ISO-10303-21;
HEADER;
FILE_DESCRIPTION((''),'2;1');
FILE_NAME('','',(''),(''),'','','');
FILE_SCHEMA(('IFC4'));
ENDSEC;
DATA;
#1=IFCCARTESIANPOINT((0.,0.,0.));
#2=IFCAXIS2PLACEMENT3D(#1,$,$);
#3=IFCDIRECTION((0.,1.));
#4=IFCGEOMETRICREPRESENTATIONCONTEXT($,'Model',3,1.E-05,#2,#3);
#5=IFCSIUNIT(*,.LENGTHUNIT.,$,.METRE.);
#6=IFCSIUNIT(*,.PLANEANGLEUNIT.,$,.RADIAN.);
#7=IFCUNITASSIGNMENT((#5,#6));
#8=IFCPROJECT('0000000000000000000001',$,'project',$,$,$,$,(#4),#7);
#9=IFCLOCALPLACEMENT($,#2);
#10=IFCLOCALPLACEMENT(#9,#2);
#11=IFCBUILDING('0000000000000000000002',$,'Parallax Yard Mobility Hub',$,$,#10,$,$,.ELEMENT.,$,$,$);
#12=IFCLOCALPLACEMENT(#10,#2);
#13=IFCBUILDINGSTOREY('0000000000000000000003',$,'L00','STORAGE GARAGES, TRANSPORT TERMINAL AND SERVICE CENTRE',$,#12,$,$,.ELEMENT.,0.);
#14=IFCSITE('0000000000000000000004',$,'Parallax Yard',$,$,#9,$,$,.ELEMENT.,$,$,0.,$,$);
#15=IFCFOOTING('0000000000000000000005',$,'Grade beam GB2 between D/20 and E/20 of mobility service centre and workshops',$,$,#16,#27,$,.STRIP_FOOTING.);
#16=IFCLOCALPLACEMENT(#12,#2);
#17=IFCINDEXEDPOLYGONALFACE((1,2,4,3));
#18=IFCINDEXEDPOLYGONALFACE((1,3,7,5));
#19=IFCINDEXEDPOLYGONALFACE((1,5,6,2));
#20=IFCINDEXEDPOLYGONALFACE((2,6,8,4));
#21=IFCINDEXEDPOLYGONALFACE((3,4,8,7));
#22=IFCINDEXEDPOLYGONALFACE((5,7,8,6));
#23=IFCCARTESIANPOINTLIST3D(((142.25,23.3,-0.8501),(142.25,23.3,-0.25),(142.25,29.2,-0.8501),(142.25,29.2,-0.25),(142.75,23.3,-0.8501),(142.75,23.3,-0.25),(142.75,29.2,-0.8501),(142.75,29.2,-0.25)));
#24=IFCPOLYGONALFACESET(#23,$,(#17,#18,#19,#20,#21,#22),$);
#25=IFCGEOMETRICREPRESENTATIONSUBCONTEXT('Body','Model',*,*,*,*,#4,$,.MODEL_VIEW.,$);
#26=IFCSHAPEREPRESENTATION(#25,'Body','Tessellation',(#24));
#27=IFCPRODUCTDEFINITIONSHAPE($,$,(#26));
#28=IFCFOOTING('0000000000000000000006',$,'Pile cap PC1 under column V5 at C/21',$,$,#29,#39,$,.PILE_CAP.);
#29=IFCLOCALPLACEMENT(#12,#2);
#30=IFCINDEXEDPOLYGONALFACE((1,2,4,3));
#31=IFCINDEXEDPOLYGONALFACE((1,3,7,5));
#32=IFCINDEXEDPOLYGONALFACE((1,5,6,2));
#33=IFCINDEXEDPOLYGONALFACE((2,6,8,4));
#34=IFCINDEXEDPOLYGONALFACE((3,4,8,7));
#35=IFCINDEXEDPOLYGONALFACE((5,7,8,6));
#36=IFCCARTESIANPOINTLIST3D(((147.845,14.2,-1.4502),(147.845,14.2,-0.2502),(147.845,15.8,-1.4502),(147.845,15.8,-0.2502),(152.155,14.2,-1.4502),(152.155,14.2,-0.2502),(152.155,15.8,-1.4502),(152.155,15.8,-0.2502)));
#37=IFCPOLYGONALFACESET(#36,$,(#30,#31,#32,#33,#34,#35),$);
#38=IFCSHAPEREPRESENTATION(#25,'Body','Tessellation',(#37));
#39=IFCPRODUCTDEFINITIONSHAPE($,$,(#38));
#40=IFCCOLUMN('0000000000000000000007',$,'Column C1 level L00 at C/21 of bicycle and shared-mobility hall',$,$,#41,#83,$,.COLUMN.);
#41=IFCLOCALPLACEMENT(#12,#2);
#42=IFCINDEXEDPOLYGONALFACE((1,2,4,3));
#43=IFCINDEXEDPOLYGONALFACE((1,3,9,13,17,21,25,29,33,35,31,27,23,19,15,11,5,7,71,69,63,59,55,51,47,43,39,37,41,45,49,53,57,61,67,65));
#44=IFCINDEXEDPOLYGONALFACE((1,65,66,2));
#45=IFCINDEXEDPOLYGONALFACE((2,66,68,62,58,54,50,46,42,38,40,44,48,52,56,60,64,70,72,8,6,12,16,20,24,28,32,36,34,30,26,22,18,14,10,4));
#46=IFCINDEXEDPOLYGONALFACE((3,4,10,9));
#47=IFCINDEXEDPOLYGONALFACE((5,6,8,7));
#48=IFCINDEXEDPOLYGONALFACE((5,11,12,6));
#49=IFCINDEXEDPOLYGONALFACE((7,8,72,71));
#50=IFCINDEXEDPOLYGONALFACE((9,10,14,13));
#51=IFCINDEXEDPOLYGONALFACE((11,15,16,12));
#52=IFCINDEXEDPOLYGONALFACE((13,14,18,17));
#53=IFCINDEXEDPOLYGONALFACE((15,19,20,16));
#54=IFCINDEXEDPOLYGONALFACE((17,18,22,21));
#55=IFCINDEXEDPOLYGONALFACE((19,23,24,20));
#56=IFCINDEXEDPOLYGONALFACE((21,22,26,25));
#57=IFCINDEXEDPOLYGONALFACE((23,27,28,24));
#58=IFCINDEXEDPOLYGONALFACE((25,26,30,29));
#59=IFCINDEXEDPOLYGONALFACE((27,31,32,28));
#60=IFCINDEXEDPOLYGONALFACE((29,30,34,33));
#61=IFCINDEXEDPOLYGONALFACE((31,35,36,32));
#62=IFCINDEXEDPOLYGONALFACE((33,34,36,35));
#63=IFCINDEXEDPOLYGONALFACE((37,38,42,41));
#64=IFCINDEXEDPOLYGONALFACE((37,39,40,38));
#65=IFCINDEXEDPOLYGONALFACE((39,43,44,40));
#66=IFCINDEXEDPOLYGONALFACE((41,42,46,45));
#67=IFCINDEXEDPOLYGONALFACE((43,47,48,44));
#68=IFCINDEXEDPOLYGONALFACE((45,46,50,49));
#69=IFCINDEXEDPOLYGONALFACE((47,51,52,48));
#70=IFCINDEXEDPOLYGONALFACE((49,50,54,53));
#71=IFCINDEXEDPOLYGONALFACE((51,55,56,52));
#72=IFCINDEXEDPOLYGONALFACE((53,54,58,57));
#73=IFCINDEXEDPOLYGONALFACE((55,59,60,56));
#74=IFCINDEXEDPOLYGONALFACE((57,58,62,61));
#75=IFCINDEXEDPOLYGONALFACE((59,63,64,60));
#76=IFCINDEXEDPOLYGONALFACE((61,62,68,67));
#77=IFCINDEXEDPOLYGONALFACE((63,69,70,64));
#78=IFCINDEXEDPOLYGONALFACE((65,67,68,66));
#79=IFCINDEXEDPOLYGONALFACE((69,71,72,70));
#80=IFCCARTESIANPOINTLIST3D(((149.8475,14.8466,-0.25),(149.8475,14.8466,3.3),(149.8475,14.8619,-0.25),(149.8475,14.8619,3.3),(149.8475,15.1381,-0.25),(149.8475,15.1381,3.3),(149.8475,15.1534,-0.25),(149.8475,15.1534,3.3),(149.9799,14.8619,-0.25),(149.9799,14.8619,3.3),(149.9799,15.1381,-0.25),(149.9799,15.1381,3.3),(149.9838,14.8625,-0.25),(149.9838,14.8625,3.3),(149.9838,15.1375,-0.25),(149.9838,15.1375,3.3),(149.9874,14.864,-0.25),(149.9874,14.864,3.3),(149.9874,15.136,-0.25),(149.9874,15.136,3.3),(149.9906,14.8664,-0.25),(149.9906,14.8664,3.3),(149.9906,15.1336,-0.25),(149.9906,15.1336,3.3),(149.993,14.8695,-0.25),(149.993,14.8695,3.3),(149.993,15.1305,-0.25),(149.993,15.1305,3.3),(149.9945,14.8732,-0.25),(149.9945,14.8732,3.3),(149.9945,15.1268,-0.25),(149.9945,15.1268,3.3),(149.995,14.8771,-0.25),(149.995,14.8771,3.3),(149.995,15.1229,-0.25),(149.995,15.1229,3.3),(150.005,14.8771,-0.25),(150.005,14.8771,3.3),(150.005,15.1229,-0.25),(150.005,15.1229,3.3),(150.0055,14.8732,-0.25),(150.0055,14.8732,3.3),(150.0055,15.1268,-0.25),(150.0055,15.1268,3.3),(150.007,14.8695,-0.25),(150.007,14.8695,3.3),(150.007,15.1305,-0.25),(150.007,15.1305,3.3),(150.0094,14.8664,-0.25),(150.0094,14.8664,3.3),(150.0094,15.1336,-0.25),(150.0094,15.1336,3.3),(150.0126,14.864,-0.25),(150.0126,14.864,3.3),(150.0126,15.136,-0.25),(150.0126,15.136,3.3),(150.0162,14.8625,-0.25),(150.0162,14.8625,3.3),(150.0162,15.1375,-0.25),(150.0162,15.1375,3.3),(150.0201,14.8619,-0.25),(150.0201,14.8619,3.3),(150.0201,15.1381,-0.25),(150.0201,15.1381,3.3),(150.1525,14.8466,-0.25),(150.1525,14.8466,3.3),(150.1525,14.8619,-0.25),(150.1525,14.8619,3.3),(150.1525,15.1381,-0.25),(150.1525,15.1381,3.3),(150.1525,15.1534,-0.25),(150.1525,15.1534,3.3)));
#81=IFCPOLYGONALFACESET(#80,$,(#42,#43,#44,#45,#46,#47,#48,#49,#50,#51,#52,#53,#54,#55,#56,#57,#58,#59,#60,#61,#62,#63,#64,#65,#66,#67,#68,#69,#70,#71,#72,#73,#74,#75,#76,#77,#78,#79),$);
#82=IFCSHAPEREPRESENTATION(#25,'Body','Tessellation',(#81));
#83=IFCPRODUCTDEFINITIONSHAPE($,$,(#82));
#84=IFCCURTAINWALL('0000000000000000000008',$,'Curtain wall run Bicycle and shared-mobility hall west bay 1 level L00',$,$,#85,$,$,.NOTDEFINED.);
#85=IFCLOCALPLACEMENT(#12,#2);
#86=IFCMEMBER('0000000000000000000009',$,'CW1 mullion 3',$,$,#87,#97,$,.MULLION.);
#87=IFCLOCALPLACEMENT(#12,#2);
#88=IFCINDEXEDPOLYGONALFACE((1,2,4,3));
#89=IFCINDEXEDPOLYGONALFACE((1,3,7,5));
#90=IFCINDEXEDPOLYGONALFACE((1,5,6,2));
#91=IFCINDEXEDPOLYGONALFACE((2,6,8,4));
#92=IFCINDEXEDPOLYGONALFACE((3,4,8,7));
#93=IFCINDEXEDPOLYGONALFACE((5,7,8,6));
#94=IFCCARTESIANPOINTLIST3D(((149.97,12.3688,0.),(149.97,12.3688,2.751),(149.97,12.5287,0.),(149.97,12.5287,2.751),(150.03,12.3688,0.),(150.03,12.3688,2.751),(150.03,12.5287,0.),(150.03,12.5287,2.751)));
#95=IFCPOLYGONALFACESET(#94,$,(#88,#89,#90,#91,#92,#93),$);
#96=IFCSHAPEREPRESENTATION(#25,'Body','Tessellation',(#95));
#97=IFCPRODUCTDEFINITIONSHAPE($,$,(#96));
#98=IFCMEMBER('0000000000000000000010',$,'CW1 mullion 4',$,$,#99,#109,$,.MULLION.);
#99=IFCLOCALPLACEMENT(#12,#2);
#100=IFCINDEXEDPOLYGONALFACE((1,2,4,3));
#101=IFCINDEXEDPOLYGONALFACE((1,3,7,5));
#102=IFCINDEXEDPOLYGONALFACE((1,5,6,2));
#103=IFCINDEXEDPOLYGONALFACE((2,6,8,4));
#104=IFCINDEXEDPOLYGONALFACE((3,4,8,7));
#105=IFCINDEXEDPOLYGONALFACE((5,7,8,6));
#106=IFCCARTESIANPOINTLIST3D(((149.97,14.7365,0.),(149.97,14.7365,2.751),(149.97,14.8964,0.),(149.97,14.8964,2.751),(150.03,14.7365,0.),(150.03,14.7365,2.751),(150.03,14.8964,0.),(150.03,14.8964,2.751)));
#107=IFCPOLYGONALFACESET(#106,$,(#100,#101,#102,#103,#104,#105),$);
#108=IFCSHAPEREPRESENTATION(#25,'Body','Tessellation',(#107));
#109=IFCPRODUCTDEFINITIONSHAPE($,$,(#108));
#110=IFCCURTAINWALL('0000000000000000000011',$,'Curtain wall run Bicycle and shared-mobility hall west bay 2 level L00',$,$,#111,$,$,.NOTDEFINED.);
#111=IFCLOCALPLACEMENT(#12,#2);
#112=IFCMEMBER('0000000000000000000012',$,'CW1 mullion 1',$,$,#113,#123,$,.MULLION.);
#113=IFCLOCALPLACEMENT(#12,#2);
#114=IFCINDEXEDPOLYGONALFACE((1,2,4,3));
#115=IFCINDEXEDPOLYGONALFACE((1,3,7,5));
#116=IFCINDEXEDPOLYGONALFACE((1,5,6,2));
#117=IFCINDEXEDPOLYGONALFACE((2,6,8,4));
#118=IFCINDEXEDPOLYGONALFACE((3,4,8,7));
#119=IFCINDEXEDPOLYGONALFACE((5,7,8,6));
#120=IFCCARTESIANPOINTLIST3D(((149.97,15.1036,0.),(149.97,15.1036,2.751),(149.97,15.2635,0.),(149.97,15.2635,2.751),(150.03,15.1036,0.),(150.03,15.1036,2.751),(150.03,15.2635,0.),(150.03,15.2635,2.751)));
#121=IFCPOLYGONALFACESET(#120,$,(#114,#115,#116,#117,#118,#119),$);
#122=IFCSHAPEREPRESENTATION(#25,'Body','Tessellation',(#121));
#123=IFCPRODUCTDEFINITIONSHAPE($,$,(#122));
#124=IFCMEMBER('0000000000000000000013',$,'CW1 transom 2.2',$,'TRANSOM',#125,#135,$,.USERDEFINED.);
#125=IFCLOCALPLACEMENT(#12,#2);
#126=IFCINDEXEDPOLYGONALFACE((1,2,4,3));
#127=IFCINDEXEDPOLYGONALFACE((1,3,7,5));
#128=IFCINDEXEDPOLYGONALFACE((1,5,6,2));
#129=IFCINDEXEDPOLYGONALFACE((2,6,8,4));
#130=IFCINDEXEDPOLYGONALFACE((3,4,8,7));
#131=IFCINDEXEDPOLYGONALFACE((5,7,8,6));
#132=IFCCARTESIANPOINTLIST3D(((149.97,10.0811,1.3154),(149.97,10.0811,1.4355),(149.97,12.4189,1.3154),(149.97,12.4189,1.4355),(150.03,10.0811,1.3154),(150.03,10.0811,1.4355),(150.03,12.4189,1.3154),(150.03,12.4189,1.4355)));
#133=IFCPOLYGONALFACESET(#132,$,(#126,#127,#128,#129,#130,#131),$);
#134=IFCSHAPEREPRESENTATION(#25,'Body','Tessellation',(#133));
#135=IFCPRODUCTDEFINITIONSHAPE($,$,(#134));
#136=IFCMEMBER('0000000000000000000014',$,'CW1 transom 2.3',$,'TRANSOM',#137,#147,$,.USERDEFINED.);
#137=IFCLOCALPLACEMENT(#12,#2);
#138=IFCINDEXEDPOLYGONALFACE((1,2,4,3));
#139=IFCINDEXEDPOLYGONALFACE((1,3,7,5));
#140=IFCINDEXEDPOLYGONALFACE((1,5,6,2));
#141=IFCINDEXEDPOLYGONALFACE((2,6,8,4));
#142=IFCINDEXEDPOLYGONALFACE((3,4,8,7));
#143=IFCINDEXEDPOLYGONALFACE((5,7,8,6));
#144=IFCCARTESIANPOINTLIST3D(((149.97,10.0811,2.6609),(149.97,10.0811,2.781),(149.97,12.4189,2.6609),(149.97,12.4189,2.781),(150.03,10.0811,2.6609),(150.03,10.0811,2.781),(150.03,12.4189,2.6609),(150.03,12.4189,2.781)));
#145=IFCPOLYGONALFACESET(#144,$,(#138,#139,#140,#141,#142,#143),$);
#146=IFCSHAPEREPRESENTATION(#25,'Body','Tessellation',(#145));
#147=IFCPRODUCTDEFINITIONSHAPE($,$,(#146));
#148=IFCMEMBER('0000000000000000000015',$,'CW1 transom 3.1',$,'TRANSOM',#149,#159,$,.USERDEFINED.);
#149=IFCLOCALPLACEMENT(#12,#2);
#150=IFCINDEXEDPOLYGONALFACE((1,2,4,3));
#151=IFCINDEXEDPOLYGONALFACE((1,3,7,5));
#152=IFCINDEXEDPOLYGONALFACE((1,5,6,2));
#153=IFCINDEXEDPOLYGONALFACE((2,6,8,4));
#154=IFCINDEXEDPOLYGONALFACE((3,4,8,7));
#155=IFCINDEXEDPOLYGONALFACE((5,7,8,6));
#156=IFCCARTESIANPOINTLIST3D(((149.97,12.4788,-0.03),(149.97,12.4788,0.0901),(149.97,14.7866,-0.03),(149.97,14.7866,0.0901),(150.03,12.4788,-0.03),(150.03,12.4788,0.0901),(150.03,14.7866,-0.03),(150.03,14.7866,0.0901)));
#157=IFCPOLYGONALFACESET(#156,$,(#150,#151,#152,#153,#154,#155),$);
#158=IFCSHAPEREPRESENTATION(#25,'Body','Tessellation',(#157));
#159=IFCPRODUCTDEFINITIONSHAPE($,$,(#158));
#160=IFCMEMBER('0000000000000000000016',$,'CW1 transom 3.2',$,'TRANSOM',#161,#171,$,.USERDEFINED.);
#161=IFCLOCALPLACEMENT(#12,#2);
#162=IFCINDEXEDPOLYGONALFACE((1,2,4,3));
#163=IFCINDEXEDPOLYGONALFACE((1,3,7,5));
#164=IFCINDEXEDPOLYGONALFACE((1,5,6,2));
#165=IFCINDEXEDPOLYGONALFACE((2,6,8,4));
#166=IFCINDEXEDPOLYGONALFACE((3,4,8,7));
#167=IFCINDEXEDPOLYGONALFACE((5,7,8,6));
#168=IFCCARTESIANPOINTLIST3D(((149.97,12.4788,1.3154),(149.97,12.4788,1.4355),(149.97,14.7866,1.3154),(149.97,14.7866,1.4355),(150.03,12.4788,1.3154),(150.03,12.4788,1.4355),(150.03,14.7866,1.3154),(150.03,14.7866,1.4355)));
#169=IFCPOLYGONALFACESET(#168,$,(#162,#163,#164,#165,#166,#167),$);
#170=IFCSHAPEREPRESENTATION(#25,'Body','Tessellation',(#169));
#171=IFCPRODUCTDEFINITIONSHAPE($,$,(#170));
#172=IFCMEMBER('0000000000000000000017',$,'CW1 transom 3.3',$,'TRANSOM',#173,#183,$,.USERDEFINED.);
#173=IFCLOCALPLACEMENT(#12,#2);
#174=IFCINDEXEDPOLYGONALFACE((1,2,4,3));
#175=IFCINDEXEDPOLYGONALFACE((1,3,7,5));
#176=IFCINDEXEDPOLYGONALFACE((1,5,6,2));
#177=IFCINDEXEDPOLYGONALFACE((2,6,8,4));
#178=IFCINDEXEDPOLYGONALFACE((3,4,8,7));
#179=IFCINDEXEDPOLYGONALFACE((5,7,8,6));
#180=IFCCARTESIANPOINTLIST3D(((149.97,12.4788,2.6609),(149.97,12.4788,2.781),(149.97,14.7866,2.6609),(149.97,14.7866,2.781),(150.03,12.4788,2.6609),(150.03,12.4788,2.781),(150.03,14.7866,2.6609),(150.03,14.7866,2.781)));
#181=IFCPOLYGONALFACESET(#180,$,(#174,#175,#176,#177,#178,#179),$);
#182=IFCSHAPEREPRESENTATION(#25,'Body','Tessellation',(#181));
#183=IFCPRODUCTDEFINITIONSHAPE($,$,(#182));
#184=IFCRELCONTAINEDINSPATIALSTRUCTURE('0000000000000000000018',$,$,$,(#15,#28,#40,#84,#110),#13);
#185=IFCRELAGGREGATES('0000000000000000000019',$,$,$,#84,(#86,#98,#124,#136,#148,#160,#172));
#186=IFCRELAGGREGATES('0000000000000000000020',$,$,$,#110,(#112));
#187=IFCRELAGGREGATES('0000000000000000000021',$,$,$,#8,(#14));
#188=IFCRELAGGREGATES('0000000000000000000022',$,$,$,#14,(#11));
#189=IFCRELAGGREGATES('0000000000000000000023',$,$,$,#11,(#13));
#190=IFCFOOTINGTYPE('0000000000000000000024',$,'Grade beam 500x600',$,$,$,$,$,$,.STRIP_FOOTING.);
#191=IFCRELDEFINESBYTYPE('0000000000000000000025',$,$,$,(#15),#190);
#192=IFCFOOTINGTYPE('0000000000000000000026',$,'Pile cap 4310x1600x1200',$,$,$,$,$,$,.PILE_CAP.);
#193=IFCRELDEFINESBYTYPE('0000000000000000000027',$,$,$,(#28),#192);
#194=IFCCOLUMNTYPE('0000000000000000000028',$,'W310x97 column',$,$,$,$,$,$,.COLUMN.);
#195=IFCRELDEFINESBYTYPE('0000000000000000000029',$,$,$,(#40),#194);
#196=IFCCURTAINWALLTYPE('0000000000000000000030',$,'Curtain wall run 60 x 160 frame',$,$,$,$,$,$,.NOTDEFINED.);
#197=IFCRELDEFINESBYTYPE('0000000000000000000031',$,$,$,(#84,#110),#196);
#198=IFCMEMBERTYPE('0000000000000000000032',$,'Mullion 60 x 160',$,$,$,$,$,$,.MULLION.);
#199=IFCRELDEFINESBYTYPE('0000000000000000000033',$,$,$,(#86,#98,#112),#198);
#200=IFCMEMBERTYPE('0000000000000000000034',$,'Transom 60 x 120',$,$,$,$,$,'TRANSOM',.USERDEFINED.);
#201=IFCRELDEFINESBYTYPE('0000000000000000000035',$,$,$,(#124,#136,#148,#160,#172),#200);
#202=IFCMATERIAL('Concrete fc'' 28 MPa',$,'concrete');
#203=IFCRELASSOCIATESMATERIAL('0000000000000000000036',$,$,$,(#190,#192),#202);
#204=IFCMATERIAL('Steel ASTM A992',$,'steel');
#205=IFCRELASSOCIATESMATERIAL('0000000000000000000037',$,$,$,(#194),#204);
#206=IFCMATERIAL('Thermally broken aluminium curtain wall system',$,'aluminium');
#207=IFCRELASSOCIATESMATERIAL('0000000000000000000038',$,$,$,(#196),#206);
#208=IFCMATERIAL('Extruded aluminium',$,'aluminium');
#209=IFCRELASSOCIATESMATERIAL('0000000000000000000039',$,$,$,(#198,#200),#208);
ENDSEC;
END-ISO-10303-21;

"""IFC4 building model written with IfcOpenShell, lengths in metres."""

from ifc_helpers import new_model, si_unit, direction, frame, origin, origin_2d, place, context, subcontext, project, spatial, rectangle, i_section, extrude, material, material_profile, profile_set, type_object, element, aggregate, save


model = new_model("IFC4")

# Units and contexts
model_context = context("Model", 3, precision=1e-05, world=origin(), true_north=direction((0.0, 1.0)))
body_context = subcontext(model_context, "Body", "Model", "MODEL_VIEW")
ifc_project = project(units=[si_unit("LENGTHUNIT", "METRE"), si_unit("PLANEANGLEUNIT", "RADIAN")], contexts=[model_context])

# Site, building, storey
site_placement = place(None, origin())
site = spatial("IfcSite", under=ifc_project, at=site_placement, Name="Parallax Yard", CompositionType="ELEMENT", RefElevation=0.0)
building_placement = place(site_placement, origin())
building = spatial("IfcBuilding", under=site, at=building_placement, Name="Parallax Yard Mobility Hub", CompositionType="ELEMENT")
storey_placement = place(building_placement, origin())
storey = spatial("IfcBuildingStorey", under=building, at=storey_placement, Name="L00", Description="STORAGE GARAGES, TRANSPORT TERMINAL AND SERVICE CENTRE", CompositionType="ELEMENT", Elevation=0.0)

# Shared definitions
ifc_material_1 = material(Name="Concrete fc' 28 MPa", Category="concrete")

# Footings
ifc_material_profile_1 = material_profile(ifc_material_1, rectangle(XDim=0.5, YDim=0.6001, at=origin_2d()), Name="Grade beam 500x600")
ifc_profile_set_1 = profile_set([ifc_material_profile_1], Name="Concrete fc' 28 MPa")
footing_type_1 = type_object("IfcFootingType", Name="Grade beam 500x600", PredefinedType="STRIP_FOOTING", material=ifc_profile_set_1)
for number, where, z_axis, x_axis, name in (
    (1, (142.5, 23.3, -0.55), (0.0, 1.0, 0.0), (-1.0, 0.0, 0.0), "Grade beam GB2 between D/20 and E/20 of mobility service centre and workshops"),
):
    element("IfcFooting", number, at=place(storey_placement, frame(where, z_axis=z_axis, x_axis=x_axis)), inside=storey, type_object=footing_type_1, Name=name, PredefinedType="STRIP_FOOTING", context=body_context, shape_type="SweptSolid", body=[
        extrude(rectangle(XDim=0.5, YDim=0.6001, at=origin_2d()), origin(), (0.0, 0.0, 1.0), 5.8999),
    ])
footing_type_2 = type_object("IfcFootingType", Name="Pile cap 4310x1600x1200", PredefinedType="PILE_CAP", material=ifc_material_1)
footing_placement = place(storey_placement, frame((150.0, 15.0, -1.4502), z_axis=(0.0, 0.0, 1.0), x_axis=(1.0, 0.0, 0.0)))
element("IfcFooting", 2, at=footing_placement, inside=storey, type_object=footing_type_2, Name="Pile cap PC1 under column V5 at C/21", PredefinedType="PILE_CAP", context=body_context, shape_type="SweptSolid", body=[
    extrude(rectangle(XDim=4.3101, YDim=1.6001, at=origin_2d()), origin(), (0.0, 0.0, 1.0), 1.2),
])

# Column
ifc_material_2 = material(Name="Steel ASTM A992", Category="steel")
ifc_material_profile_2 = material_profile(ifc_material_2, i_section(OverallWidth=0.3049, OverallDepth=0.3069, WebThickness=0.01, FlangeThickness=0.0154, FilletRadius=0.0151, at=origin_2d()), Name="W310x97")
ifc_profile_set_2 = profile_set([ifc_material_profile_2], Name="Steel ASTM A992")
column_type = type_object("IfcColumnType", Name="W310x97 column", PredefinedType="COLUMN", material=ifc_profile_set_2)
column_placement = place(storey_placement, frame((150.0, 15.0, -0.25), z_axis=(0.0, 0.0, 1.0), x_axis=(1.0, 0.0, 0.0)))
element("IfcColumn", 3, at=column_placement, inside=storey, type_object=column_type, Name="Column C1 level L00 at C/21 of bicycle and shared-mobility hall", PredefinedType="COLUMN", context=body_context, shape_type="SweptSolid", body=[
    extrude(i_section(OverallWidth=0.3049, OverallDepth=0.3069, WebThickness=0.01, FlangeThickness=0.0154, FilletRadius=0.0151, at=origin_2d()), origin(), (0.0, 0.0, 1.0), 3.55),
])

# Curtain wall, members
ifc_material_3 = material(Name="Thermally broken aluminium curtain wall system", Category="aluminium")
curtain_wall_type = type_object("IfcCurtainWallType", Name="Curtain wall run 60 x 160 frame", PredefinedType="NOTDEFINED", material=ifc_material_3)
curtain_wall_1_placement = place(storey_placement, origin())
curtain_wall_1 = element("IfcCurtainWall", 4, at=curtain_wall_1_placement, inside=storey, type_object=curtain_wall_type, Name="Curtain wall run Bicycle and shared-mobility hall west bay 1 level L00", PredefinedType="NOTDEFINED")
ifc_material_4 = material(Name="Extruded aluminium", Category="aluminium")
ifc_material_profile_3 = material_profile(ifc_material_4, rectangle(XDim=0.0601, YDim=0.1599, at=origin_2d()), Name="Mullion 60 x 160")
ifc_profile_set_3 = profile_set([ifc_material_profile_3], Name="Extruded aluminium")
member_type_1 = type_object("IfcMemberType", Name="Mullion 60 x 160", PredefinedType="MULLION", material=ifc_profile_set_3)
member_1_placement = place(storey_placement, frame((150.0, 12.4487, 0.0), z_axis=(0.0, 0.0, 1.0), x_axis=(-1.0, 0.0, 0.0)))
member_1 = element("IfcMember", 5, at=member_1_placement, type_object=member_type_1, Name="CW1 mullion 3", PredefinedType="MULLION", context=body_context, shape_type="SweptSolid", body=[
    extrude(rectangle(XDim=0.0601, YDim=0.1599, at=origin_2d()), origin(), (0.0, 0.0, 1.0), 2.751),
])
member_2_placement = place(storey_placement, frame((150.0, 14.8164, 0.0), z_axis=(0.0, 0.0, 1.0), x_axis=(-1.0, 0.0, 0.0)))
member_2 = element("IfcMember", 6, at=member_2_placement, type_object=member_type_1, Name="CW1 mullion 4", PredefinedType="MULLION", context=body_context, shape_type="SweptSolid", body=[
    extrude(rectangle(XDim=0.0601, YDim=0.1599, at=origin_2d()), origin(), (0.0, 0.0, 1.0), 2.751),
])

# Curtain wall, member
curtain_wall_2_placement = place(storey_placement, origin())
curtain_wall_2 = element("IfcCurtainWall", 7, at=curtain_wall_2_placement, inside=storey, type_object=curtain_wall_type, Name="Curtain wall run Bicycle and shared-mobility hall west bay 2 level L00", PredefinedType="NOTDEFINED")
member_3_placement = place(storey_placement, frame((150.0, 15.1836, 0.0), z_axis=(0.0, 0.0, 1.0), x_axis=(-1.0, 0.0, 0.0)))
member_3 = element("IfcMember", 8, at=member_3_placement, type_object=member_type_1, Name="CW1 mullion 1", PredefinedType="MULLION", context=body_context, shape_type="SweptSolid", body=[
    extrude(rectangle(XDim=0.0601, YDim=0.1599, at=origin_2d()), origin(), (0.0, 0.0, 1.0), 2.751),
])

# Members
ifc_material_profile_4 = material_profile(ifc_material_4, rectangle(XDim=0.0601, YDim=0.1201, at=origin_2d()), Name="Transom 60 x 120")
ifc_profile_set_4 = profile_set([ifc_material_profile_4], Name="Extruded aluminium")
member_type_2 = type_object("IfcMemberType", Name="Transom 60 x 120", ElementType="TRANSOM", PredefinedType="USERDEFINED", material=ifc_profile_set_4)
member_4_placement = place(storey_placement, frame((150.0, 10.0811, 1.3755), z_axis=(0.0, 1.0, 0.0), x_axis=(-1.0, 0.0, 0.0)))
member_4 = element("IfcMember", 9, at=member_4_placement, type_object=member_type_2, Name="CW1 transom 2.2", ObjectType="TRANSOM", PredefinedType="USERDEFINED", context=body_context, shape_type="SweptSolid", body=[
    extrude(rectangle(XDim=0.0601, YDim=0.1201, at=origin_2d()), origin(), (0.0, 0.0, 1.0), 2.3379),
])
member_5_placement = place(storey_placement, frame((150.0, 10.0811, 2.7209), z_axis=(0.0, 1.0, 0.0), x_axis=(-1.0, 0.0, 0.0)))
member_5 = element("IfcMember", 10, at=member_5_placement, type_object=member_type_2, Name="CW1 transom 2.3", ObjectType="TRANSOM", PredefinedType="USERDEFINED", context=body_context, shape_type="SweptSolid", body=[
    extrude(rectangle(XDim=0.0601, YDim=0.1201, at=origin_2d()), origin(), (0.0, 0.0, 1.0), 2.3379),
])
member_6_placement = place(storey_placement, frame((150.0, 12.4788, 0.03), z_axis=(0.0, 1.0, 0.0), x_axis=(-1.0, 0.0, 0.0)))
member_6 = element("IfcMember", 11, at=member_6_placement, type_object=member_type_2, Name="CW1 transom 3.1", ObjectType="TRANSOM", PredefinedType="USERDEFINED", context=body_context, shape_type="SweptSolid", body=[
    extrude(rectangle(XDim=0.0601, YDim=0.1201, at=origin_2d()), origin(), (0.0, 0.0, 1.0), 2.3079),
])
member_7_placement = place(storey_placement, frame((150.0, 12.4788, 1.3755), z_axis=(0.0, 1.0, 0.0), x_axis=(-1.0, 0.0, 0.0)))
member_7 = element("IfcMember", 12, at=member_7_placement, type_object=member_type_2, Name="CW1 transom 3.2", ObjectType="TRANSOM", PredefinedType="USERDEFINED", context=body_context, shape_type="SweptSolid", body=[
    extrude(rectangle(XDim=0.0601, YDim=0.1201, at=origin_2d()), origin(), (0.0, 0.0, 1.0), 2.3079),
])
member_8_placement = place(storey_placement, frame((150.0, 12.4788, 2.7209), z_axis=(0.0, 1.0, 0.0), x_axis=(-1.0, 0.0, 0.0)))
member_8 = element("IfcMember", 13, at=member_8_placement, type_object=member_type_2, Name="CW1 transom 3.3", ObjectType="TRANSOM", PredefinedType="USERDEFINED", context=body_context, shape_type="SweptSolid", body=[
    extrude(rectangle(XDim=0.0601, YDim=0.1201, at=origin_2d()), origin(), (0.0, 0.0, 1.0), 2.3079),
])

aggregate(curtain_wall_1, [member_1, member_2, member_4, member_5, member_6, member_7, member_8])
aggregate(curtain_wall_2, [member_3])

save(model, "model.ifc")
